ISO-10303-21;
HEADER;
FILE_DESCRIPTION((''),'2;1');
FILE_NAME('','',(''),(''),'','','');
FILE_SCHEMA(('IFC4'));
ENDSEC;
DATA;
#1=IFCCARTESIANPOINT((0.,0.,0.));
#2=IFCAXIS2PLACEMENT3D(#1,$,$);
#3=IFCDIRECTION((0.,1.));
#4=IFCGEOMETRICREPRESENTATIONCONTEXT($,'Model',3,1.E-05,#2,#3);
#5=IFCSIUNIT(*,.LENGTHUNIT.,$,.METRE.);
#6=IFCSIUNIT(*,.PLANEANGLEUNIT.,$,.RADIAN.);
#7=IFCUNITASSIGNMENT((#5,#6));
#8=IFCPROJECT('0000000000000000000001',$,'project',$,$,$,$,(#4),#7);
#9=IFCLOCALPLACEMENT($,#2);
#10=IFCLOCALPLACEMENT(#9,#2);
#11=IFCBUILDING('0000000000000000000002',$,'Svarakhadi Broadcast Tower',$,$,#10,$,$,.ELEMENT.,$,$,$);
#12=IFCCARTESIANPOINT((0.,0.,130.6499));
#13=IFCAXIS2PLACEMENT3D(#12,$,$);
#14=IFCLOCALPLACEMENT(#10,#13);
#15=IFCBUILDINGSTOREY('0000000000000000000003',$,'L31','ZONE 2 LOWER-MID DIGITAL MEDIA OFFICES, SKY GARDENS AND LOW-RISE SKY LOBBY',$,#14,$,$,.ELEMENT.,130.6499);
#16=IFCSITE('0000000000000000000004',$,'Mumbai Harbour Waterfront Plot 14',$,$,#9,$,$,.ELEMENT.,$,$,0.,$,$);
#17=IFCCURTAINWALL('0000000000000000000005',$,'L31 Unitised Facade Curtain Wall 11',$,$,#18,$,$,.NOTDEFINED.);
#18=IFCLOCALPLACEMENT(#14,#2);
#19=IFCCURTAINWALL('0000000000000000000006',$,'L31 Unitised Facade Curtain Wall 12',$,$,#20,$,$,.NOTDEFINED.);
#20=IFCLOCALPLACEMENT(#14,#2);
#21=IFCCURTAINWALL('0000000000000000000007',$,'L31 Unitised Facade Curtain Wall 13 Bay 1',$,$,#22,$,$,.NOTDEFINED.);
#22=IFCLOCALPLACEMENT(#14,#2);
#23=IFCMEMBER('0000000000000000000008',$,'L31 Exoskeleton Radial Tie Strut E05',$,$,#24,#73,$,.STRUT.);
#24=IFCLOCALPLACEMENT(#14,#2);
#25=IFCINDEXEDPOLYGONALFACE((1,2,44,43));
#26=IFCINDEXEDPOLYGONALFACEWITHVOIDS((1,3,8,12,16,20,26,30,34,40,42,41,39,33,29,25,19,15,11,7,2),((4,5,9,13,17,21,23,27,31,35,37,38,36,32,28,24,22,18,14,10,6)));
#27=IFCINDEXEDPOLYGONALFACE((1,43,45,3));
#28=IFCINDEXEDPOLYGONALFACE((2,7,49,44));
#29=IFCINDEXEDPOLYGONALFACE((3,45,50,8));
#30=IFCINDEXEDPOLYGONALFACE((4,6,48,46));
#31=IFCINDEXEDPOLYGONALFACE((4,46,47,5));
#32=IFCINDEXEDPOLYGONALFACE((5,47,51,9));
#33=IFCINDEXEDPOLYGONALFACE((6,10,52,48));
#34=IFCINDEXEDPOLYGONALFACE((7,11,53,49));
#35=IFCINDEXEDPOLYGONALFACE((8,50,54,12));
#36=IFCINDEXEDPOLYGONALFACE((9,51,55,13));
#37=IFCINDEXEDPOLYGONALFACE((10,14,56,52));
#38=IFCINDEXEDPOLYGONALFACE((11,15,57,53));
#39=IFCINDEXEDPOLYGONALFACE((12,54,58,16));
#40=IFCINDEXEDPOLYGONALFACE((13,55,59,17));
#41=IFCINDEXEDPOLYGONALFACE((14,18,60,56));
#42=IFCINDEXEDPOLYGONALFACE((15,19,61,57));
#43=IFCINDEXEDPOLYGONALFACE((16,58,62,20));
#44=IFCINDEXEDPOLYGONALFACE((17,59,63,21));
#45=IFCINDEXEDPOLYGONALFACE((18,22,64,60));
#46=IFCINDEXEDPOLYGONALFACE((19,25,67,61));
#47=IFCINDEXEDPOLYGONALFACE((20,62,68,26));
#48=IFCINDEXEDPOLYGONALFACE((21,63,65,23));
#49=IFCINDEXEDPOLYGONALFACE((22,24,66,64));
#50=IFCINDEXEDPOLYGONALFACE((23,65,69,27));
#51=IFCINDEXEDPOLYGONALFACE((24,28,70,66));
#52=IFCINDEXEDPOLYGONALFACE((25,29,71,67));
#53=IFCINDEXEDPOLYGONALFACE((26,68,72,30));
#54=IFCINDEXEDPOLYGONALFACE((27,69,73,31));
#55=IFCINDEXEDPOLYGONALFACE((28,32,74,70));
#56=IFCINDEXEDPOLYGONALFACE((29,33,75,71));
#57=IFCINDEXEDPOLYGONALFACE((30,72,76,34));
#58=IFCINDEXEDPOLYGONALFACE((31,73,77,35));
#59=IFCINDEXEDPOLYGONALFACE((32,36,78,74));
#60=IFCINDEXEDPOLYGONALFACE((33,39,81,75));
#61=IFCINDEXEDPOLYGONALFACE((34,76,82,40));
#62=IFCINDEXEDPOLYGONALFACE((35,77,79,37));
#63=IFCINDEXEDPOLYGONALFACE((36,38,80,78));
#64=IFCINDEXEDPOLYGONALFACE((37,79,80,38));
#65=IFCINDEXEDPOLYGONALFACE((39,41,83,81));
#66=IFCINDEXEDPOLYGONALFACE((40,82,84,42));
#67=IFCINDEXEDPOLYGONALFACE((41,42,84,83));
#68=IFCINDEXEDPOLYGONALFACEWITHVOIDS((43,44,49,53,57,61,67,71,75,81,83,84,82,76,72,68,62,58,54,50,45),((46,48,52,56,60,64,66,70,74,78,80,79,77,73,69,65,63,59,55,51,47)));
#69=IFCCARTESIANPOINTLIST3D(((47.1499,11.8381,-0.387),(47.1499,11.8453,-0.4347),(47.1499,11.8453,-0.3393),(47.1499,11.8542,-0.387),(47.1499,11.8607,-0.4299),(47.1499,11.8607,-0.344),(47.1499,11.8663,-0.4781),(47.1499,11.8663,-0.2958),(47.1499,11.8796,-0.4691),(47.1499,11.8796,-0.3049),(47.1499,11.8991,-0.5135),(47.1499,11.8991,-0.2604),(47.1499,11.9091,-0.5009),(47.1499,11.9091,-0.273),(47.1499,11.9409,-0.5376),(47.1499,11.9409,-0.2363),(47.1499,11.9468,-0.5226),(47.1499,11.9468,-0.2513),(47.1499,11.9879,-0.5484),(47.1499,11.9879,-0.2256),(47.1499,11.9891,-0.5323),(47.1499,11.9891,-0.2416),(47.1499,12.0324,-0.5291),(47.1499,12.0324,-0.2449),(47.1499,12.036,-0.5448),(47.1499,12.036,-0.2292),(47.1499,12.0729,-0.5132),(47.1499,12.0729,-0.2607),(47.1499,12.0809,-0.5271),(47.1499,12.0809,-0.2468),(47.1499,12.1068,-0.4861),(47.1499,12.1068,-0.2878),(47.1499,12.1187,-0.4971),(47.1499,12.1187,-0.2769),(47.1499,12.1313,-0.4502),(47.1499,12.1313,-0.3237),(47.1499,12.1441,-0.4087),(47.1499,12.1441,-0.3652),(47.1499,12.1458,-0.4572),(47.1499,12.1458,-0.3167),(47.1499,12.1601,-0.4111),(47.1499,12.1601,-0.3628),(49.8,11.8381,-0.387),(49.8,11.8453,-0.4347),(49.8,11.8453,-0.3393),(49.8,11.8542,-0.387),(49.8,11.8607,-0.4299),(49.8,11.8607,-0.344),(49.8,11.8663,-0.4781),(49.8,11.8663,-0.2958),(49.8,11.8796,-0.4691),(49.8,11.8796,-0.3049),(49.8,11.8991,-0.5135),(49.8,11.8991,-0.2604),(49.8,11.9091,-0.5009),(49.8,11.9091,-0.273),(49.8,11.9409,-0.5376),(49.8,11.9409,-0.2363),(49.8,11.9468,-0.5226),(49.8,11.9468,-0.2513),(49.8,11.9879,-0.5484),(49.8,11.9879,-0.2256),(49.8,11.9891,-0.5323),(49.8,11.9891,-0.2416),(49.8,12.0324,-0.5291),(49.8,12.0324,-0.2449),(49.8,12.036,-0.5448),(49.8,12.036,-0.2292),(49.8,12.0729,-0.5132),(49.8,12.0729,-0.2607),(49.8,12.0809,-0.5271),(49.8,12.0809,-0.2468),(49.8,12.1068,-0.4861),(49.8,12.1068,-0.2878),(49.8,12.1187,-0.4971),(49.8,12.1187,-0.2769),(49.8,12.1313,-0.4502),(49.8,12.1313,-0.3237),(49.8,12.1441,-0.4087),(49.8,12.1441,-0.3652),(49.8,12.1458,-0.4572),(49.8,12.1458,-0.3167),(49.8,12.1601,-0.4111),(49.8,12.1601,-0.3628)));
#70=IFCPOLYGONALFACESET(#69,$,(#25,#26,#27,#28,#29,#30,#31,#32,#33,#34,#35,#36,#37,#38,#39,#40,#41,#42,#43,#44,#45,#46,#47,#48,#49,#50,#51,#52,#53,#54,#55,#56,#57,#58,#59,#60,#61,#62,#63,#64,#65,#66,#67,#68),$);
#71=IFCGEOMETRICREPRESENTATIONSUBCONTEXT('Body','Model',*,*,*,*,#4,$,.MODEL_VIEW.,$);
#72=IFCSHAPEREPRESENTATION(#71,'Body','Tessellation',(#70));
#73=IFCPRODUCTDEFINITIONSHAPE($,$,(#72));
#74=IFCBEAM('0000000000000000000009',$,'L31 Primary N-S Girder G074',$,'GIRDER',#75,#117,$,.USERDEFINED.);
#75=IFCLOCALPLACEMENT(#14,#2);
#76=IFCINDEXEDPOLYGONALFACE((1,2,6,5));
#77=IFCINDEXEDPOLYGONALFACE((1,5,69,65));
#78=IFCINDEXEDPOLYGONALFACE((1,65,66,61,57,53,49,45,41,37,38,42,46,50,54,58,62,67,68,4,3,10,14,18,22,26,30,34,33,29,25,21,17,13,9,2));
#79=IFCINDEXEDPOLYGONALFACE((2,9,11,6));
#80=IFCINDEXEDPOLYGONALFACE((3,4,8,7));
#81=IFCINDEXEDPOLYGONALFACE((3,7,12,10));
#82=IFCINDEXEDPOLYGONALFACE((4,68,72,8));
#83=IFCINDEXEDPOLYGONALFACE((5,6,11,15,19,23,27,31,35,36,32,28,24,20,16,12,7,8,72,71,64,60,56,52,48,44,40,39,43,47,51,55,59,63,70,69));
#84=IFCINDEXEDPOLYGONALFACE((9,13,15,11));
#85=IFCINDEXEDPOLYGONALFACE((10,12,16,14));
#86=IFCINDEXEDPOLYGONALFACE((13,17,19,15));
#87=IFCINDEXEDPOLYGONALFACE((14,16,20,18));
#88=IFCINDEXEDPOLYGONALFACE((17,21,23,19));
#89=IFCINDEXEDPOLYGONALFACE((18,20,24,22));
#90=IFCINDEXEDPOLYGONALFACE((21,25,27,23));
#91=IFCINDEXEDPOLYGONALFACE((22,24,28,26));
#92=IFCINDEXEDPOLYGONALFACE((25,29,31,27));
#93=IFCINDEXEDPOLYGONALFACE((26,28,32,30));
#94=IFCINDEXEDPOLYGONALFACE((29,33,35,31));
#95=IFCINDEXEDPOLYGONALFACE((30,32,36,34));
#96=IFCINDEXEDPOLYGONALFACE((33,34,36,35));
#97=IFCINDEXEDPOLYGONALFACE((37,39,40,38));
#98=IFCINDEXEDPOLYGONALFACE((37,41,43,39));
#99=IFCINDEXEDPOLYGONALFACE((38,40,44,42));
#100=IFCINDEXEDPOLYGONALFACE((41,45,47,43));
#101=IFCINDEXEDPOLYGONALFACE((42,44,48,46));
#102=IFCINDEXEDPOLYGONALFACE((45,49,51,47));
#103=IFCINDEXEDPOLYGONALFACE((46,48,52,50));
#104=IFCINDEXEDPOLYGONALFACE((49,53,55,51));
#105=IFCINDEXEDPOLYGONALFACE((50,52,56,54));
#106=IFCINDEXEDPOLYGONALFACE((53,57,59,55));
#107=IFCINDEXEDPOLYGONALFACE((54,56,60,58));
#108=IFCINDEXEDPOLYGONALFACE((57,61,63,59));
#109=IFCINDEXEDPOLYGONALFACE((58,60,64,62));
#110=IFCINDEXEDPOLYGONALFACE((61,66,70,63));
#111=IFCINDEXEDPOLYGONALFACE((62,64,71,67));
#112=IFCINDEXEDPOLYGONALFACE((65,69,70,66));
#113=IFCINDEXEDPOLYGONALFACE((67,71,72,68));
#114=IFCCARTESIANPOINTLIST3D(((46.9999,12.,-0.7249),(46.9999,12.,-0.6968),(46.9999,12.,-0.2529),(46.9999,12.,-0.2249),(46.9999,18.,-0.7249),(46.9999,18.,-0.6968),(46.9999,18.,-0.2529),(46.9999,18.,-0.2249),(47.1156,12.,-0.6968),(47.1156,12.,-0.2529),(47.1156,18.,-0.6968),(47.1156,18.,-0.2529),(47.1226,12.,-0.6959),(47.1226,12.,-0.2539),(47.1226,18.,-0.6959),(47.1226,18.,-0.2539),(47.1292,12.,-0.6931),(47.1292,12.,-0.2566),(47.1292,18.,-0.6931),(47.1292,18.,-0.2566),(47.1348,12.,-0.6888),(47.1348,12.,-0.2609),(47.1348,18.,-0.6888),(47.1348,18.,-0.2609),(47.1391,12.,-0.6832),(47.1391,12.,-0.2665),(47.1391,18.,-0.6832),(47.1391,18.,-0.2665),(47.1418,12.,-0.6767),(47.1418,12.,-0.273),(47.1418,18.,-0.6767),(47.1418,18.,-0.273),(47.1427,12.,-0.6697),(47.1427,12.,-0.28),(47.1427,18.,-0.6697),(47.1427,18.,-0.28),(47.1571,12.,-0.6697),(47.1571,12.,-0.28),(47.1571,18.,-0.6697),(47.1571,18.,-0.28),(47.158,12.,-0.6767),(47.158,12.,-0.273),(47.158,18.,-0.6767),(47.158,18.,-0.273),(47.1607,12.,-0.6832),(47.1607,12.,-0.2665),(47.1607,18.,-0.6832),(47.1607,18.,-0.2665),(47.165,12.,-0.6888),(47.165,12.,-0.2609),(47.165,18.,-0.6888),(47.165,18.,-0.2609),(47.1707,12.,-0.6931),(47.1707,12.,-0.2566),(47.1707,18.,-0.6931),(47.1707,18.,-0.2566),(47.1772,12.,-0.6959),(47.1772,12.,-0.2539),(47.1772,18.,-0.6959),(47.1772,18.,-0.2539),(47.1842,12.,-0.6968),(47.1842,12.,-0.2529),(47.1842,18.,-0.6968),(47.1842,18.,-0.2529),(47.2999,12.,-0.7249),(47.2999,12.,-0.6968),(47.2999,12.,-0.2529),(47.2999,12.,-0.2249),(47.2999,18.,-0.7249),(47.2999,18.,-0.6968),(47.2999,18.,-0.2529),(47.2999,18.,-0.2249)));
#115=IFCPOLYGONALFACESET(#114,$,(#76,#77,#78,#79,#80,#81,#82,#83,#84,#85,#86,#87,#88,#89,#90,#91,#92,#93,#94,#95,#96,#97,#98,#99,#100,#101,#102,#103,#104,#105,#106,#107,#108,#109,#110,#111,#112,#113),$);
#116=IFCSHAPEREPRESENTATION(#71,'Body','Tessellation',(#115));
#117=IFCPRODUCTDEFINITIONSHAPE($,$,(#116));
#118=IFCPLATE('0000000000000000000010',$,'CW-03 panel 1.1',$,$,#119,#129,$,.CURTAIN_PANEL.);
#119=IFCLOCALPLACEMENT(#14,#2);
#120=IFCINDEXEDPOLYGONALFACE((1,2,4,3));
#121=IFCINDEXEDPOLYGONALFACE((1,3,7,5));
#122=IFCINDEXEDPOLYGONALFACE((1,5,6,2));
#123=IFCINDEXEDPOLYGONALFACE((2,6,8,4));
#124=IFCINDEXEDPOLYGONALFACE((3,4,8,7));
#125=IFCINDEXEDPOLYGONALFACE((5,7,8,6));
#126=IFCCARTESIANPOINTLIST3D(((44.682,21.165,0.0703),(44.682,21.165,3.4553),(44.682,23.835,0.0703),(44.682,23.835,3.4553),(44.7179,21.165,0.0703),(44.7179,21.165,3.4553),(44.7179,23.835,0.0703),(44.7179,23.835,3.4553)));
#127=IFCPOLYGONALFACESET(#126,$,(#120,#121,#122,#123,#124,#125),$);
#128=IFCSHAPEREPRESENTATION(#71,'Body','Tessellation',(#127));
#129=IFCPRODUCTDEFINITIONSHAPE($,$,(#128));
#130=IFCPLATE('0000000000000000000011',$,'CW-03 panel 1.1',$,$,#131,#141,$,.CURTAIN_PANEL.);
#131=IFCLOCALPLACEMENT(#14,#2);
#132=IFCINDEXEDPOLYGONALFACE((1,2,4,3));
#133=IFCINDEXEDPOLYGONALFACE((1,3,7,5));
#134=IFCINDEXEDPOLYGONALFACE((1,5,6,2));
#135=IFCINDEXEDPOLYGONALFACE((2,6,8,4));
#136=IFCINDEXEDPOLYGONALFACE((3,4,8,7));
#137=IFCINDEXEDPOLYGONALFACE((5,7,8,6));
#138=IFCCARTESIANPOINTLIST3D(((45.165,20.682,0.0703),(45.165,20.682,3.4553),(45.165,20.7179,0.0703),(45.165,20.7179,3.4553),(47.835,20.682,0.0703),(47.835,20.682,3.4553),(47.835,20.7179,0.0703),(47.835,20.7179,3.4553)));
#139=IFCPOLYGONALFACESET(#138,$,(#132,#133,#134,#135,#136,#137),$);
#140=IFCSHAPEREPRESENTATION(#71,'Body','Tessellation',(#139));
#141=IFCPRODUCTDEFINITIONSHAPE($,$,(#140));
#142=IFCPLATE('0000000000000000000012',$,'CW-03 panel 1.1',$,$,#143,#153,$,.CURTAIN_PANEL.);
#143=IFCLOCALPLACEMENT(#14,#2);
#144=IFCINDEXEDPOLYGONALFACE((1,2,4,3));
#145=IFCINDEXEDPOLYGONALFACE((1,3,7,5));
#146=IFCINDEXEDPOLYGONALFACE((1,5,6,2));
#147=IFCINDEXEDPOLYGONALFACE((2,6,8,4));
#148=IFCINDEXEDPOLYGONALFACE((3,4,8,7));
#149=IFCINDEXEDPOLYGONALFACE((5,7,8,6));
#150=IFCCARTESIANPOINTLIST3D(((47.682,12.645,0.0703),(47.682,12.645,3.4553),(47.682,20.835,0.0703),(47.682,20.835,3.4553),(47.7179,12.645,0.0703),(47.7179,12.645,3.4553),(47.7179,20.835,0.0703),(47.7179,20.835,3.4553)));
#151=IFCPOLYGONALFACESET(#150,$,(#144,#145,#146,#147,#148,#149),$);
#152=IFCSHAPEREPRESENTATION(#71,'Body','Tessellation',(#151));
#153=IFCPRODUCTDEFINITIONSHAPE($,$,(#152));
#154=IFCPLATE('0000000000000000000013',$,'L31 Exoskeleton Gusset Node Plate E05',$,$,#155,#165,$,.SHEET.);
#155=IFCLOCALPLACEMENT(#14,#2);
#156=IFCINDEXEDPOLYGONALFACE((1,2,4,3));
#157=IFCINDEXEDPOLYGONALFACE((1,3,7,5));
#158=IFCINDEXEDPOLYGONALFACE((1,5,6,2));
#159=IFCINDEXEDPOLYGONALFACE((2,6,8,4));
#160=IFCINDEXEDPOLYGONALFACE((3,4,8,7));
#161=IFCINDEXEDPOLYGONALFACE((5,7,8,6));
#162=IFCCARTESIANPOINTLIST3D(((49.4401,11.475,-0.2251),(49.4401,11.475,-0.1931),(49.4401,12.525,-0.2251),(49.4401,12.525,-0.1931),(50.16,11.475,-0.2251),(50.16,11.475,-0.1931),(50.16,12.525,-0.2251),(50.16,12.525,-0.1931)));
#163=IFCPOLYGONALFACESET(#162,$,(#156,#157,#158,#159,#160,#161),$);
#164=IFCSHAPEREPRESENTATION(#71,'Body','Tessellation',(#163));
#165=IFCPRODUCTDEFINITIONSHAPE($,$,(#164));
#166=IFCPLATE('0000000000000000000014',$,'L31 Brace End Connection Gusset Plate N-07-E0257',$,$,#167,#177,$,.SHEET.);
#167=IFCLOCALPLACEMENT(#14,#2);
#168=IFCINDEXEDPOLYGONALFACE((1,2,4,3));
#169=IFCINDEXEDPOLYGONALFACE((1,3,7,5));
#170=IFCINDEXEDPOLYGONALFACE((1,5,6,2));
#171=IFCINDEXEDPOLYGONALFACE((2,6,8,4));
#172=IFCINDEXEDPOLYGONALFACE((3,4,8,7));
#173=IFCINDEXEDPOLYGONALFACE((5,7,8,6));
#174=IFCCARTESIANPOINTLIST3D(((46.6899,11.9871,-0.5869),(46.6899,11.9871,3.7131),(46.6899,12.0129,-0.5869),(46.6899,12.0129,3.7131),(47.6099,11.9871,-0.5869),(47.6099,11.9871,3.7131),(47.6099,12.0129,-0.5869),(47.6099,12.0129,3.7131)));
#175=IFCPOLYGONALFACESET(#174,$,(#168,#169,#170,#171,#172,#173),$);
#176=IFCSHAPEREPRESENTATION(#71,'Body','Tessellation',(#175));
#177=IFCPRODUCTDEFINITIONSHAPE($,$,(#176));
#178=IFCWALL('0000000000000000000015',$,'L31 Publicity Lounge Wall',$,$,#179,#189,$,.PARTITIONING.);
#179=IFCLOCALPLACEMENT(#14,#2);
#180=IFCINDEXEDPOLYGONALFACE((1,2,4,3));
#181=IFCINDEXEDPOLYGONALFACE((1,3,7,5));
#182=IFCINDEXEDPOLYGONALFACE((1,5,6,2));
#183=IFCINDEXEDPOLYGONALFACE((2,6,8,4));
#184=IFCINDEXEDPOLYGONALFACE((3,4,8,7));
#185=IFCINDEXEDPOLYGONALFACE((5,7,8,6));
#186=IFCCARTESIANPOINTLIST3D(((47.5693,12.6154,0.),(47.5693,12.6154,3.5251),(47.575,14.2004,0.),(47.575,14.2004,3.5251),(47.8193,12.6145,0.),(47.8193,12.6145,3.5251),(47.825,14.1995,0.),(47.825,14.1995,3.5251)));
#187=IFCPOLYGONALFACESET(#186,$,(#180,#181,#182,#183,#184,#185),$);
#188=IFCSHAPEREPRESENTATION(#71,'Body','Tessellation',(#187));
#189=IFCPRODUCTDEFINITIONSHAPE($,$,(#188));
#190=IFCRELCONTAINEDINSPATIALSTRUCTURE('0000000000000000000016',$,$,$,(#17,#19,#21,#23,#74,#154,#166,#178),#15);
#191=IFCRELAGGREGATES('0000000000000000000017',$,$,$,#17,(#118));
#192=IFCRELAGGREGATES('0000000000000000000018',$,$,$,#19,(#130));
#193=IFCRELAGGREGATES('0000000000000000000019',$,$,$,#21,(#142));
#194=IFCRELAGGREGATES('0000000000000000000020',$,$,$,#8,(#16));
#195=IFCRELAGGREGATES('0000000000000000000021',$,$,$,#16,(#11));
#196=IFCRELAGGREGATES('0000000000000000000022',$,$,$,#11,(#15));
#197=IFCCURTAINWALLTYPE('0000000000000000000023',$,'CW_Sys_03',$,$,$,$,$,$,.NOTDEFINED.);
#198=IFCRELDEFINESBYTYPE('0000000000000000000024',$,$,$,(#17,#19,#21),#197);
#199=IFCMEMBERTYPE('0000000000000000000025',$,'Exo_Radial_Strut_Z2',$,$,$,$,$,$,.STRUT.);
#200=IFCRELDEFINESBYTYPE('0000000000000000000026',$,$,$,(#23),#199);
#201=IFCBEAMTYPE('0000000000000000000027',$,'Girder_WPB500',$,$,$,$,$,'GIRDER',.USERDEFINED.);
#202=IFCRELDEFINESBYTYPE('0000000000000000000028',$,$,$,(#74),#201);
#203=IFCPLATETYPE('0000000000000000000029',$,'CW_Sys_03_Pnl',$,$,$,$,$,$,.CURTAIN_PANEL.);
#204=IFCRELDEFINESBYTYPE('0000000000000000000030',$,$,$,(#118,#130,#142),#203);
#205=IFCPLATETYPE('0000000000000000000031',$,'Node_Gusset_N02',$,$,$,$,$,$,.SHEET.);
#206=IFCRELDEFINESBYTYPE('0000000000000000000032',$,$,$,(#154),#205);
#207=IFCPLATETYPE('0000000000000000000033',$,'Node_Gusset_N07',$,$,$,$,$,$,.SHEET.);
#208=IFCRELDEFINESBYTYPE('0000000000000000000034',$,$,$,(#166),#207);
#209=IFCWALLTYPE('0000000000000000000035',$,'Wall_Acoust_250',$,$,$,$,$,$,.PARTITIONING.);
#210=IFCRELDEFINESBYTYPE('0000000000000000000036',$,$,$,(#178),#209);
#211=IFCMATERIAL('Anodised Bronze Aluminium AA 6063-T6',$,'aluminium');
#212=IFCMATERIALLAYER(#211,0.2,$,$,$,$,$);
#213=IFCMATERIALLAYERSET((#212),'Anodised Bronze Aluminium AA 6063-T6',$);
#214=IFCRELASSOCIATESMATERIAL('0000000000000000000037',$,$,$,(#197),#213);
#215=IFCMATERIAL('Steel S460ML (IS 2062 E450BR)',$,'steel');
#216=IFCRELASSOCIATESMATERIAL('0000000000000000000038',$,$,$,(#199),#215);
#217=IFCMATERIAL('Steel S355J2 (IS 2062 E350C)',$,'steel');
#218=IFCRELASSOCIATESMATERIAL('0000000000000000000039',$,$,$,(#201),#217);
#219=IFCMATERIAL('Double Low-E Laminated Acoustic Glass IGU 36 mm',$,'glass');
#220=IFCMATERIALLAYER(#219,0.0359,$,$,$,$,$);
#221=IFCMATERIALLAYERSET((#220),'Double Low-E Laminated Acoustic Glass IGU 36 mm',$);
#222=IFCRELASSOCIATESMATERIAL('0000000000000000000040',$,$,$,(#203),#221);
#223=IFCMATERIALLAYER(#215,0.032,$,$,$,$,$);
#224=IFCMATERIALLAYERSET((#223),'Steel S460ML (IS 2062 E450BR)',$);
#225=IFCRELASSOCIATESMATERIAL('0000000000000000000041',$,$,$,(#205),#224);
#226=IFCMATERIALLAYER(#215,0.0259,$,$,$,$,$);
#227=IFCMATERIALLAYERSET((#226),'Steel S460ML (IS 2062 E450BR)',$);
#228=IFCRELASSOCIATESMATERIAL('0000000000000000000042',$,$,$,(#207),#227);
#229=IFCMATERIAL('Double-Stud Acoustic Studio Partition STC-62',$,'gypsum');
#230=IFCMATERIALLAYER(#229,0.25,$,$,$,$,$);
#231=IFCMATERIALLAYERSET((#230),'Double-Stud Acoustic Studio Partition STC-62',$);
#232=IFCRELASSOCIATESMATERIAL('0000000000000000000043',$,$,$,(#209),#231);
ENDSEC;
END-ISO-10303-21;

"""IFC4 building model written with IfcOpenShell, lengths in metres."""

from ifc_helpers import new_model, si_unit, direction, frame, frame_2d, origin, origin_2d, place, context, subcontext, project, spatial, rectangle, hollow_circle, i_section, extrude, material, layer, layer_set, material_profile, profile_set, type_object, element, aggregate, save


model = new_model("IFC4")

# Units and contexts
model_context = context("Model", 3, precision=1e-05, world=origin(), true_north=direction((0.0, 1.0)))
body_context = subcontext(model_context, "Body", "Model", "MODEL_VIEW")
ifc_project = project(units=[si_unit("LENGTHUNIT", "METRE"), si_unit("PLANEANGLEUNIT", "RADIAN")], contexts=[model_context])

# Site, building, storey
site_placement = place(None, origin())
site = spatial("IfcSite", under=ifc_project, at=site_placement, Name="Mumbai Harbour Waterfront Plot 14", CompositionType="ELEMENT", RefElevation=0.0)
building_placement = place(site_placement, origin())
building = spatial("IfcBuilding", under=site, at=building_placement, Name="Svarakhadi Broadcast Tower", CompositionType="ELEMENT")
storey_placement = place(building_placement, frame((0.0, 0.0, 130.6499)))
storey = spatial("IfcBuildingStorey", under=building, at=storey_placement, Name="L31", Description="ZONE 2 LOWER-MID DIGITAL MEDIA OFFICES, SKY GARDENS AND LOW-RISE SKY LOBBY", CompositionType="ELEMENT", Elevation=130.6499)

# Shared definitions
ifc_material_1 = material(Name="Steel S460ML (IS 2062 E450BR)", Category="steel")

# Shared definitions
ifc_material_2 = material(Name="Steel S355J2 (IS 2062 E350C)", Category="steel")

# Shared definitions
ifc_material_3 = material(Name="Anodised Bronze Aluminium AA 6063-T6", Category="aluminium")
ifc_layer_1 = layer(ifc_material_3, 0.2)
ifc_layer_set_1 = layer_set([ifc_layer_1], Name="Anodised Bronze Aluminium AA 6063-T6")
curtain_wall_type = type_object("IfcCurtainWallType", Name="CW_Sys_03", PredefinedType="NOTDEFINED", material=ifc_layer_set_1)

# Curtain walls
curtain_wall_1_placement = place(storey_placement, origin())
curtain_wall_1 = element("IfcCurtainWall", 1, at=curtain_wall_1_placement, inside=storey, type_object=curtain_wall_type, Name="L31 Unitised Facade Curtain Wall 11", PredefinedType="NOTDEFINED")
curtain_wall_2_placement = place(storey_placement, origin())
curtain_wall_2 = element("IfcCurtainWall", 2, at=curtain_wall_2_placement, inside=storey, type_object=curtain_wall_type, Name="L31 Unitised Facade Curtain Wall 12", PredefinedType="NOTDEFINED")
curtain_wall_3_placement = place(storey_placement, origin())
curtain_wall_3 = element("IfcCurtainWall", 3, at=curtain_wall_3_placement, inside=storey, type_object=curtain_wall_type, Name="L31 Unitised Facade Curtain Wall 13 Bay 1", PredefinedType="NOTDEFINED")

# Member
ifc_material_profile_1 = material_profile(ifc_material_1, hollow_circle(Radius=0.1619, WallThickness=0.0161, at=origin_2d()), Name="CHS 323.9x16")
ifc_profile_set_1 = profile_set([ifc_material_profile_1], Name="Steel S460ML (IS 2062 E450BR)")
member_type_1 = type_object("IfcMemberType", Name="Exo_Radial_Strut_Z2", PredefinedType="STRUT", material=ifc_profile_set_1)
member_1_placement = place(storey_placement, frame((49.8, 12.0, -0.387), z_axis=(-1.0, 0.0, 0.0), x_axis=(0.0, -1.0, 0.0)))
element("IfcMember", 4, at=member_1_placement, inside=storey, type_object=member_type_1, Name="L31 Exoskeleton Radial Tie Strut E05", PredefinedType="STRUT", context=body_context, shape_type="SweptSolid", body=[
    extrude(hollow_circle(Radius=0.1619, WallThickness=0.0161, at=origin_2d()), origin(), (0.0, 0.0, 1.0), 2.6501),
])

# Beam
ifc_material_profile_2 = material_profile(ifc_material_2, i_section(OverallWidth=0.3, OverallDepth=0.5, WebThickness=0.0144, FlangeThickness=0.0281, FilletRadius=0.0271, at=origin_2d()), Name="WPB 500x300x187")
ifc_profile_set_2 = profile_set([ifc_material_profile_2], Name="Steel S355J2 (IS 2062 E350C)")
beam_type_1 = type_object("IfcBeamType", Name="Girder_WPB500", ElementType="GIRDER", PredefinedType="USERDEFINED", material=ifc_profile_set_2)
beam_1_placement = place(storey_placement, frame((47.1499, 12.0, -0.4749), z_axis=(0.0, 1.0, 0.0), x_axis=(-1.0, 0.0, 0.0)))
element("IfcBeam", 5, at=beam_1_placement, inside=storey, type_object=beam_type_1, Name="L31 Primary N-S Girder G074", ObjectType="GIRDER", PredefinedType="USERDEFINED", context=body_context, shape_type="SweptSolid", body=[
    extrude(i_section(OverallWidth=0.3, OverallDepth=0.5, WebThickness=0.0144, FlangeThickness=0.0281, FilletRadius=0.0271, at=origin_2d()), origin(), (0.0, 0.0, 1.0), 6.0),
])

# Plates
ifc_material_4 = material(Name="Double Low-E Laminated Acoustic Glass IGU 36 mm", Category="glass")
ifc_layer_2 = layer(ifc_material_4, 0.0359)
ifc_layer_set_2 = layer_set([ifc_layer_2], Name="Double Low-E Laminated Acoustic Glass IGU 36 mm")
plate_type_1 = type_object("IfcPlateType", Name="CW_Sys_03_Pnl", PredefinedType="CURTAIN_PANEL", material=ifc_layer_set_2)
plate_1_placement = place(storey_placement, frame((44.7, 22.5, 0.0703), z_axis=(0.0, 0.0, 1.0), x_axis=(0.0, -1.0, 0.0)))
plate_1 = element("IfcPlate", 6, at=plate_1_placement, type_object=plate_type_1, Name="CW-03 panel 1.1", PredefinedType="CURTAIN_PANEL", context=body_context, shape_type="SweptSolid", body=[
    extrude(rectangle(XDim=2.6699, YDim=0.0359, at=origin_2d()), origin(), (0.0, 0.0, 1.0), 3.385),
])
aggregate(curtain_wall_1, [plate_1])
plate_2_placement = place(storey_placement, frame((46.5, 20.7, 0.0703), z_axis=(0.0, 0.0, 1.0), x_axis=(1.0, 0.0, 0.0)))
plate_2 = element("IfcPlate", 7, at=plate_2_placement, type_object=plate_type_1, Name="CW-03 panel 1.1", PredefinedType="CURTAIN_PANEL", context=body_context, shape_type="SweptSolid", body=[
    extrude(rectangle(XDim=2.6699, YDim=0.0359, at=origin_2d()), origin(), (0.0, 0.0, 1.0), 3.385),
])
aggregate(curtain_wall_2, [plate_2])
plate_3_placement = place(storey_placement, frame((47.7, 16.74, 0.0703), z_axis=(0.0, 0.0, 1.0), x_axis=(0.0, -1.0, 0.0)))
plate_3 = element("IfcPlate", 8, at=plate_3_placement, type_object=plate_type_1, Name="CW-03 panel 1.1", PredefinedType="CURTAIN_PANEL", context=body_context, shape_type="SweptSolid", body=[
    extrude(rectangle(XDim=8.1899, YDim=0.0359, at=origin_2d()), origin(), (0.0, 0.0, 1.0), 3.385),
])
aggregate(curtain_wall_3, [plate_3])

# Plates
ifc_layer_3 = layer(ifc_material_1, 0.032)
ifc_layer_set_3 = layer_set([ifc_layer_3], Name="Steel S460ML (IS 2062 E450BR)")
plate_type_2 = type_object("IfcPlateType", Name="Node_Gusset_N02", PredefinedType="SHEET", material=ifc_layer_set_3)
plate_4_placement = place(storey_placement, frame((49.8, 12.0, -0.2251), z_axis=(0.0, 0.0, 1.0), x_axis=(0.0, 1.0, 0.0)))
element("IfcPlate", 9, at=plate_4_placement, inside=storey, type_object=plate_type_2, Name="L31 Exoskeleton Gusset Node Plate E05", PredefinedType="SHEET", context=body_context, shape_type="SweptSolid", body=[
    extrude(rectangle(XDim=1.05, YDim=0.72, at=origin_2d()), origin(), (0.0, 0.0, 1.0), 0.032),
])
ifc_layer_4 = layer(ifc_material_1, 0.0259)
ifc_layer_set_4 = layer_set([ifc_layer_4], Name="Steel S460ML (IS 2062 E450BR)")
plate_type_3 = type_object("IfcPlateType", Name="Node_Gusset_N07", PredefinedType="SHEET", material=ifc_layer_set_4)
plate_5_placement = place(storey_placement, frame((47.1499, 12.0, -0.5869), z_axis=(0.0, 0.0, 1.0), x_axis=(1.0, 0.0, 0.0)))
element("IfcPlate", 10, at=plate_5_placement, inside=storey, type_object=plate_type_3, Name="L31 Brace End Connection Gusset Plate N-07-E0257", PredefinedType="SHEET", context=body_context, shape_type="SweptSolid", body=[
    extrude(rectangle(XDim=0.9199, YDim=0.0259, at=origin_2d()), origin(), (0.0, 0.0, 1.0), 4.3),
])

# Wall
ifc_material_5 = material(Name="Double-Stud Acoustic Studio Partition STC-62", Category="gypsum")
ifc_layer_5 = layer(ifc_material_5, 0.25)
ifc_layer_set_5 = layer_set([ifc_layer_5], Name="Double-Stud Acoustic Studio Partition STC-62")
wall_type_1 = type_object("IfcWallType", Name="Wall_Acoust_250", PredefinedType="PARTITIONING", material=ifc_layer_set_5)
wall_1_placement = place(storey_placement, frame((47.6943, 12.615, 0.0), z_axis=(0.0, 0.0, 1.0), x_axis=(0.003543, 0.999994, 0.0)))
element("IfcWall", 11, at=wall_1_placement, inside=storey, type_object=wall_type_1, Name="L31 Publicity Lounge Wall", PredefinedType="PARTITIONING", context=body_context, shape_type="SweptSolid", body=[
    extrude(rectangle(XDim=1.585, YDim=0.25, at=frame_2d((0.7925, 0.0))), origin(), (0.0, 0.0, 1.0), 3.5251),
])

save(model, "model.ifc")
